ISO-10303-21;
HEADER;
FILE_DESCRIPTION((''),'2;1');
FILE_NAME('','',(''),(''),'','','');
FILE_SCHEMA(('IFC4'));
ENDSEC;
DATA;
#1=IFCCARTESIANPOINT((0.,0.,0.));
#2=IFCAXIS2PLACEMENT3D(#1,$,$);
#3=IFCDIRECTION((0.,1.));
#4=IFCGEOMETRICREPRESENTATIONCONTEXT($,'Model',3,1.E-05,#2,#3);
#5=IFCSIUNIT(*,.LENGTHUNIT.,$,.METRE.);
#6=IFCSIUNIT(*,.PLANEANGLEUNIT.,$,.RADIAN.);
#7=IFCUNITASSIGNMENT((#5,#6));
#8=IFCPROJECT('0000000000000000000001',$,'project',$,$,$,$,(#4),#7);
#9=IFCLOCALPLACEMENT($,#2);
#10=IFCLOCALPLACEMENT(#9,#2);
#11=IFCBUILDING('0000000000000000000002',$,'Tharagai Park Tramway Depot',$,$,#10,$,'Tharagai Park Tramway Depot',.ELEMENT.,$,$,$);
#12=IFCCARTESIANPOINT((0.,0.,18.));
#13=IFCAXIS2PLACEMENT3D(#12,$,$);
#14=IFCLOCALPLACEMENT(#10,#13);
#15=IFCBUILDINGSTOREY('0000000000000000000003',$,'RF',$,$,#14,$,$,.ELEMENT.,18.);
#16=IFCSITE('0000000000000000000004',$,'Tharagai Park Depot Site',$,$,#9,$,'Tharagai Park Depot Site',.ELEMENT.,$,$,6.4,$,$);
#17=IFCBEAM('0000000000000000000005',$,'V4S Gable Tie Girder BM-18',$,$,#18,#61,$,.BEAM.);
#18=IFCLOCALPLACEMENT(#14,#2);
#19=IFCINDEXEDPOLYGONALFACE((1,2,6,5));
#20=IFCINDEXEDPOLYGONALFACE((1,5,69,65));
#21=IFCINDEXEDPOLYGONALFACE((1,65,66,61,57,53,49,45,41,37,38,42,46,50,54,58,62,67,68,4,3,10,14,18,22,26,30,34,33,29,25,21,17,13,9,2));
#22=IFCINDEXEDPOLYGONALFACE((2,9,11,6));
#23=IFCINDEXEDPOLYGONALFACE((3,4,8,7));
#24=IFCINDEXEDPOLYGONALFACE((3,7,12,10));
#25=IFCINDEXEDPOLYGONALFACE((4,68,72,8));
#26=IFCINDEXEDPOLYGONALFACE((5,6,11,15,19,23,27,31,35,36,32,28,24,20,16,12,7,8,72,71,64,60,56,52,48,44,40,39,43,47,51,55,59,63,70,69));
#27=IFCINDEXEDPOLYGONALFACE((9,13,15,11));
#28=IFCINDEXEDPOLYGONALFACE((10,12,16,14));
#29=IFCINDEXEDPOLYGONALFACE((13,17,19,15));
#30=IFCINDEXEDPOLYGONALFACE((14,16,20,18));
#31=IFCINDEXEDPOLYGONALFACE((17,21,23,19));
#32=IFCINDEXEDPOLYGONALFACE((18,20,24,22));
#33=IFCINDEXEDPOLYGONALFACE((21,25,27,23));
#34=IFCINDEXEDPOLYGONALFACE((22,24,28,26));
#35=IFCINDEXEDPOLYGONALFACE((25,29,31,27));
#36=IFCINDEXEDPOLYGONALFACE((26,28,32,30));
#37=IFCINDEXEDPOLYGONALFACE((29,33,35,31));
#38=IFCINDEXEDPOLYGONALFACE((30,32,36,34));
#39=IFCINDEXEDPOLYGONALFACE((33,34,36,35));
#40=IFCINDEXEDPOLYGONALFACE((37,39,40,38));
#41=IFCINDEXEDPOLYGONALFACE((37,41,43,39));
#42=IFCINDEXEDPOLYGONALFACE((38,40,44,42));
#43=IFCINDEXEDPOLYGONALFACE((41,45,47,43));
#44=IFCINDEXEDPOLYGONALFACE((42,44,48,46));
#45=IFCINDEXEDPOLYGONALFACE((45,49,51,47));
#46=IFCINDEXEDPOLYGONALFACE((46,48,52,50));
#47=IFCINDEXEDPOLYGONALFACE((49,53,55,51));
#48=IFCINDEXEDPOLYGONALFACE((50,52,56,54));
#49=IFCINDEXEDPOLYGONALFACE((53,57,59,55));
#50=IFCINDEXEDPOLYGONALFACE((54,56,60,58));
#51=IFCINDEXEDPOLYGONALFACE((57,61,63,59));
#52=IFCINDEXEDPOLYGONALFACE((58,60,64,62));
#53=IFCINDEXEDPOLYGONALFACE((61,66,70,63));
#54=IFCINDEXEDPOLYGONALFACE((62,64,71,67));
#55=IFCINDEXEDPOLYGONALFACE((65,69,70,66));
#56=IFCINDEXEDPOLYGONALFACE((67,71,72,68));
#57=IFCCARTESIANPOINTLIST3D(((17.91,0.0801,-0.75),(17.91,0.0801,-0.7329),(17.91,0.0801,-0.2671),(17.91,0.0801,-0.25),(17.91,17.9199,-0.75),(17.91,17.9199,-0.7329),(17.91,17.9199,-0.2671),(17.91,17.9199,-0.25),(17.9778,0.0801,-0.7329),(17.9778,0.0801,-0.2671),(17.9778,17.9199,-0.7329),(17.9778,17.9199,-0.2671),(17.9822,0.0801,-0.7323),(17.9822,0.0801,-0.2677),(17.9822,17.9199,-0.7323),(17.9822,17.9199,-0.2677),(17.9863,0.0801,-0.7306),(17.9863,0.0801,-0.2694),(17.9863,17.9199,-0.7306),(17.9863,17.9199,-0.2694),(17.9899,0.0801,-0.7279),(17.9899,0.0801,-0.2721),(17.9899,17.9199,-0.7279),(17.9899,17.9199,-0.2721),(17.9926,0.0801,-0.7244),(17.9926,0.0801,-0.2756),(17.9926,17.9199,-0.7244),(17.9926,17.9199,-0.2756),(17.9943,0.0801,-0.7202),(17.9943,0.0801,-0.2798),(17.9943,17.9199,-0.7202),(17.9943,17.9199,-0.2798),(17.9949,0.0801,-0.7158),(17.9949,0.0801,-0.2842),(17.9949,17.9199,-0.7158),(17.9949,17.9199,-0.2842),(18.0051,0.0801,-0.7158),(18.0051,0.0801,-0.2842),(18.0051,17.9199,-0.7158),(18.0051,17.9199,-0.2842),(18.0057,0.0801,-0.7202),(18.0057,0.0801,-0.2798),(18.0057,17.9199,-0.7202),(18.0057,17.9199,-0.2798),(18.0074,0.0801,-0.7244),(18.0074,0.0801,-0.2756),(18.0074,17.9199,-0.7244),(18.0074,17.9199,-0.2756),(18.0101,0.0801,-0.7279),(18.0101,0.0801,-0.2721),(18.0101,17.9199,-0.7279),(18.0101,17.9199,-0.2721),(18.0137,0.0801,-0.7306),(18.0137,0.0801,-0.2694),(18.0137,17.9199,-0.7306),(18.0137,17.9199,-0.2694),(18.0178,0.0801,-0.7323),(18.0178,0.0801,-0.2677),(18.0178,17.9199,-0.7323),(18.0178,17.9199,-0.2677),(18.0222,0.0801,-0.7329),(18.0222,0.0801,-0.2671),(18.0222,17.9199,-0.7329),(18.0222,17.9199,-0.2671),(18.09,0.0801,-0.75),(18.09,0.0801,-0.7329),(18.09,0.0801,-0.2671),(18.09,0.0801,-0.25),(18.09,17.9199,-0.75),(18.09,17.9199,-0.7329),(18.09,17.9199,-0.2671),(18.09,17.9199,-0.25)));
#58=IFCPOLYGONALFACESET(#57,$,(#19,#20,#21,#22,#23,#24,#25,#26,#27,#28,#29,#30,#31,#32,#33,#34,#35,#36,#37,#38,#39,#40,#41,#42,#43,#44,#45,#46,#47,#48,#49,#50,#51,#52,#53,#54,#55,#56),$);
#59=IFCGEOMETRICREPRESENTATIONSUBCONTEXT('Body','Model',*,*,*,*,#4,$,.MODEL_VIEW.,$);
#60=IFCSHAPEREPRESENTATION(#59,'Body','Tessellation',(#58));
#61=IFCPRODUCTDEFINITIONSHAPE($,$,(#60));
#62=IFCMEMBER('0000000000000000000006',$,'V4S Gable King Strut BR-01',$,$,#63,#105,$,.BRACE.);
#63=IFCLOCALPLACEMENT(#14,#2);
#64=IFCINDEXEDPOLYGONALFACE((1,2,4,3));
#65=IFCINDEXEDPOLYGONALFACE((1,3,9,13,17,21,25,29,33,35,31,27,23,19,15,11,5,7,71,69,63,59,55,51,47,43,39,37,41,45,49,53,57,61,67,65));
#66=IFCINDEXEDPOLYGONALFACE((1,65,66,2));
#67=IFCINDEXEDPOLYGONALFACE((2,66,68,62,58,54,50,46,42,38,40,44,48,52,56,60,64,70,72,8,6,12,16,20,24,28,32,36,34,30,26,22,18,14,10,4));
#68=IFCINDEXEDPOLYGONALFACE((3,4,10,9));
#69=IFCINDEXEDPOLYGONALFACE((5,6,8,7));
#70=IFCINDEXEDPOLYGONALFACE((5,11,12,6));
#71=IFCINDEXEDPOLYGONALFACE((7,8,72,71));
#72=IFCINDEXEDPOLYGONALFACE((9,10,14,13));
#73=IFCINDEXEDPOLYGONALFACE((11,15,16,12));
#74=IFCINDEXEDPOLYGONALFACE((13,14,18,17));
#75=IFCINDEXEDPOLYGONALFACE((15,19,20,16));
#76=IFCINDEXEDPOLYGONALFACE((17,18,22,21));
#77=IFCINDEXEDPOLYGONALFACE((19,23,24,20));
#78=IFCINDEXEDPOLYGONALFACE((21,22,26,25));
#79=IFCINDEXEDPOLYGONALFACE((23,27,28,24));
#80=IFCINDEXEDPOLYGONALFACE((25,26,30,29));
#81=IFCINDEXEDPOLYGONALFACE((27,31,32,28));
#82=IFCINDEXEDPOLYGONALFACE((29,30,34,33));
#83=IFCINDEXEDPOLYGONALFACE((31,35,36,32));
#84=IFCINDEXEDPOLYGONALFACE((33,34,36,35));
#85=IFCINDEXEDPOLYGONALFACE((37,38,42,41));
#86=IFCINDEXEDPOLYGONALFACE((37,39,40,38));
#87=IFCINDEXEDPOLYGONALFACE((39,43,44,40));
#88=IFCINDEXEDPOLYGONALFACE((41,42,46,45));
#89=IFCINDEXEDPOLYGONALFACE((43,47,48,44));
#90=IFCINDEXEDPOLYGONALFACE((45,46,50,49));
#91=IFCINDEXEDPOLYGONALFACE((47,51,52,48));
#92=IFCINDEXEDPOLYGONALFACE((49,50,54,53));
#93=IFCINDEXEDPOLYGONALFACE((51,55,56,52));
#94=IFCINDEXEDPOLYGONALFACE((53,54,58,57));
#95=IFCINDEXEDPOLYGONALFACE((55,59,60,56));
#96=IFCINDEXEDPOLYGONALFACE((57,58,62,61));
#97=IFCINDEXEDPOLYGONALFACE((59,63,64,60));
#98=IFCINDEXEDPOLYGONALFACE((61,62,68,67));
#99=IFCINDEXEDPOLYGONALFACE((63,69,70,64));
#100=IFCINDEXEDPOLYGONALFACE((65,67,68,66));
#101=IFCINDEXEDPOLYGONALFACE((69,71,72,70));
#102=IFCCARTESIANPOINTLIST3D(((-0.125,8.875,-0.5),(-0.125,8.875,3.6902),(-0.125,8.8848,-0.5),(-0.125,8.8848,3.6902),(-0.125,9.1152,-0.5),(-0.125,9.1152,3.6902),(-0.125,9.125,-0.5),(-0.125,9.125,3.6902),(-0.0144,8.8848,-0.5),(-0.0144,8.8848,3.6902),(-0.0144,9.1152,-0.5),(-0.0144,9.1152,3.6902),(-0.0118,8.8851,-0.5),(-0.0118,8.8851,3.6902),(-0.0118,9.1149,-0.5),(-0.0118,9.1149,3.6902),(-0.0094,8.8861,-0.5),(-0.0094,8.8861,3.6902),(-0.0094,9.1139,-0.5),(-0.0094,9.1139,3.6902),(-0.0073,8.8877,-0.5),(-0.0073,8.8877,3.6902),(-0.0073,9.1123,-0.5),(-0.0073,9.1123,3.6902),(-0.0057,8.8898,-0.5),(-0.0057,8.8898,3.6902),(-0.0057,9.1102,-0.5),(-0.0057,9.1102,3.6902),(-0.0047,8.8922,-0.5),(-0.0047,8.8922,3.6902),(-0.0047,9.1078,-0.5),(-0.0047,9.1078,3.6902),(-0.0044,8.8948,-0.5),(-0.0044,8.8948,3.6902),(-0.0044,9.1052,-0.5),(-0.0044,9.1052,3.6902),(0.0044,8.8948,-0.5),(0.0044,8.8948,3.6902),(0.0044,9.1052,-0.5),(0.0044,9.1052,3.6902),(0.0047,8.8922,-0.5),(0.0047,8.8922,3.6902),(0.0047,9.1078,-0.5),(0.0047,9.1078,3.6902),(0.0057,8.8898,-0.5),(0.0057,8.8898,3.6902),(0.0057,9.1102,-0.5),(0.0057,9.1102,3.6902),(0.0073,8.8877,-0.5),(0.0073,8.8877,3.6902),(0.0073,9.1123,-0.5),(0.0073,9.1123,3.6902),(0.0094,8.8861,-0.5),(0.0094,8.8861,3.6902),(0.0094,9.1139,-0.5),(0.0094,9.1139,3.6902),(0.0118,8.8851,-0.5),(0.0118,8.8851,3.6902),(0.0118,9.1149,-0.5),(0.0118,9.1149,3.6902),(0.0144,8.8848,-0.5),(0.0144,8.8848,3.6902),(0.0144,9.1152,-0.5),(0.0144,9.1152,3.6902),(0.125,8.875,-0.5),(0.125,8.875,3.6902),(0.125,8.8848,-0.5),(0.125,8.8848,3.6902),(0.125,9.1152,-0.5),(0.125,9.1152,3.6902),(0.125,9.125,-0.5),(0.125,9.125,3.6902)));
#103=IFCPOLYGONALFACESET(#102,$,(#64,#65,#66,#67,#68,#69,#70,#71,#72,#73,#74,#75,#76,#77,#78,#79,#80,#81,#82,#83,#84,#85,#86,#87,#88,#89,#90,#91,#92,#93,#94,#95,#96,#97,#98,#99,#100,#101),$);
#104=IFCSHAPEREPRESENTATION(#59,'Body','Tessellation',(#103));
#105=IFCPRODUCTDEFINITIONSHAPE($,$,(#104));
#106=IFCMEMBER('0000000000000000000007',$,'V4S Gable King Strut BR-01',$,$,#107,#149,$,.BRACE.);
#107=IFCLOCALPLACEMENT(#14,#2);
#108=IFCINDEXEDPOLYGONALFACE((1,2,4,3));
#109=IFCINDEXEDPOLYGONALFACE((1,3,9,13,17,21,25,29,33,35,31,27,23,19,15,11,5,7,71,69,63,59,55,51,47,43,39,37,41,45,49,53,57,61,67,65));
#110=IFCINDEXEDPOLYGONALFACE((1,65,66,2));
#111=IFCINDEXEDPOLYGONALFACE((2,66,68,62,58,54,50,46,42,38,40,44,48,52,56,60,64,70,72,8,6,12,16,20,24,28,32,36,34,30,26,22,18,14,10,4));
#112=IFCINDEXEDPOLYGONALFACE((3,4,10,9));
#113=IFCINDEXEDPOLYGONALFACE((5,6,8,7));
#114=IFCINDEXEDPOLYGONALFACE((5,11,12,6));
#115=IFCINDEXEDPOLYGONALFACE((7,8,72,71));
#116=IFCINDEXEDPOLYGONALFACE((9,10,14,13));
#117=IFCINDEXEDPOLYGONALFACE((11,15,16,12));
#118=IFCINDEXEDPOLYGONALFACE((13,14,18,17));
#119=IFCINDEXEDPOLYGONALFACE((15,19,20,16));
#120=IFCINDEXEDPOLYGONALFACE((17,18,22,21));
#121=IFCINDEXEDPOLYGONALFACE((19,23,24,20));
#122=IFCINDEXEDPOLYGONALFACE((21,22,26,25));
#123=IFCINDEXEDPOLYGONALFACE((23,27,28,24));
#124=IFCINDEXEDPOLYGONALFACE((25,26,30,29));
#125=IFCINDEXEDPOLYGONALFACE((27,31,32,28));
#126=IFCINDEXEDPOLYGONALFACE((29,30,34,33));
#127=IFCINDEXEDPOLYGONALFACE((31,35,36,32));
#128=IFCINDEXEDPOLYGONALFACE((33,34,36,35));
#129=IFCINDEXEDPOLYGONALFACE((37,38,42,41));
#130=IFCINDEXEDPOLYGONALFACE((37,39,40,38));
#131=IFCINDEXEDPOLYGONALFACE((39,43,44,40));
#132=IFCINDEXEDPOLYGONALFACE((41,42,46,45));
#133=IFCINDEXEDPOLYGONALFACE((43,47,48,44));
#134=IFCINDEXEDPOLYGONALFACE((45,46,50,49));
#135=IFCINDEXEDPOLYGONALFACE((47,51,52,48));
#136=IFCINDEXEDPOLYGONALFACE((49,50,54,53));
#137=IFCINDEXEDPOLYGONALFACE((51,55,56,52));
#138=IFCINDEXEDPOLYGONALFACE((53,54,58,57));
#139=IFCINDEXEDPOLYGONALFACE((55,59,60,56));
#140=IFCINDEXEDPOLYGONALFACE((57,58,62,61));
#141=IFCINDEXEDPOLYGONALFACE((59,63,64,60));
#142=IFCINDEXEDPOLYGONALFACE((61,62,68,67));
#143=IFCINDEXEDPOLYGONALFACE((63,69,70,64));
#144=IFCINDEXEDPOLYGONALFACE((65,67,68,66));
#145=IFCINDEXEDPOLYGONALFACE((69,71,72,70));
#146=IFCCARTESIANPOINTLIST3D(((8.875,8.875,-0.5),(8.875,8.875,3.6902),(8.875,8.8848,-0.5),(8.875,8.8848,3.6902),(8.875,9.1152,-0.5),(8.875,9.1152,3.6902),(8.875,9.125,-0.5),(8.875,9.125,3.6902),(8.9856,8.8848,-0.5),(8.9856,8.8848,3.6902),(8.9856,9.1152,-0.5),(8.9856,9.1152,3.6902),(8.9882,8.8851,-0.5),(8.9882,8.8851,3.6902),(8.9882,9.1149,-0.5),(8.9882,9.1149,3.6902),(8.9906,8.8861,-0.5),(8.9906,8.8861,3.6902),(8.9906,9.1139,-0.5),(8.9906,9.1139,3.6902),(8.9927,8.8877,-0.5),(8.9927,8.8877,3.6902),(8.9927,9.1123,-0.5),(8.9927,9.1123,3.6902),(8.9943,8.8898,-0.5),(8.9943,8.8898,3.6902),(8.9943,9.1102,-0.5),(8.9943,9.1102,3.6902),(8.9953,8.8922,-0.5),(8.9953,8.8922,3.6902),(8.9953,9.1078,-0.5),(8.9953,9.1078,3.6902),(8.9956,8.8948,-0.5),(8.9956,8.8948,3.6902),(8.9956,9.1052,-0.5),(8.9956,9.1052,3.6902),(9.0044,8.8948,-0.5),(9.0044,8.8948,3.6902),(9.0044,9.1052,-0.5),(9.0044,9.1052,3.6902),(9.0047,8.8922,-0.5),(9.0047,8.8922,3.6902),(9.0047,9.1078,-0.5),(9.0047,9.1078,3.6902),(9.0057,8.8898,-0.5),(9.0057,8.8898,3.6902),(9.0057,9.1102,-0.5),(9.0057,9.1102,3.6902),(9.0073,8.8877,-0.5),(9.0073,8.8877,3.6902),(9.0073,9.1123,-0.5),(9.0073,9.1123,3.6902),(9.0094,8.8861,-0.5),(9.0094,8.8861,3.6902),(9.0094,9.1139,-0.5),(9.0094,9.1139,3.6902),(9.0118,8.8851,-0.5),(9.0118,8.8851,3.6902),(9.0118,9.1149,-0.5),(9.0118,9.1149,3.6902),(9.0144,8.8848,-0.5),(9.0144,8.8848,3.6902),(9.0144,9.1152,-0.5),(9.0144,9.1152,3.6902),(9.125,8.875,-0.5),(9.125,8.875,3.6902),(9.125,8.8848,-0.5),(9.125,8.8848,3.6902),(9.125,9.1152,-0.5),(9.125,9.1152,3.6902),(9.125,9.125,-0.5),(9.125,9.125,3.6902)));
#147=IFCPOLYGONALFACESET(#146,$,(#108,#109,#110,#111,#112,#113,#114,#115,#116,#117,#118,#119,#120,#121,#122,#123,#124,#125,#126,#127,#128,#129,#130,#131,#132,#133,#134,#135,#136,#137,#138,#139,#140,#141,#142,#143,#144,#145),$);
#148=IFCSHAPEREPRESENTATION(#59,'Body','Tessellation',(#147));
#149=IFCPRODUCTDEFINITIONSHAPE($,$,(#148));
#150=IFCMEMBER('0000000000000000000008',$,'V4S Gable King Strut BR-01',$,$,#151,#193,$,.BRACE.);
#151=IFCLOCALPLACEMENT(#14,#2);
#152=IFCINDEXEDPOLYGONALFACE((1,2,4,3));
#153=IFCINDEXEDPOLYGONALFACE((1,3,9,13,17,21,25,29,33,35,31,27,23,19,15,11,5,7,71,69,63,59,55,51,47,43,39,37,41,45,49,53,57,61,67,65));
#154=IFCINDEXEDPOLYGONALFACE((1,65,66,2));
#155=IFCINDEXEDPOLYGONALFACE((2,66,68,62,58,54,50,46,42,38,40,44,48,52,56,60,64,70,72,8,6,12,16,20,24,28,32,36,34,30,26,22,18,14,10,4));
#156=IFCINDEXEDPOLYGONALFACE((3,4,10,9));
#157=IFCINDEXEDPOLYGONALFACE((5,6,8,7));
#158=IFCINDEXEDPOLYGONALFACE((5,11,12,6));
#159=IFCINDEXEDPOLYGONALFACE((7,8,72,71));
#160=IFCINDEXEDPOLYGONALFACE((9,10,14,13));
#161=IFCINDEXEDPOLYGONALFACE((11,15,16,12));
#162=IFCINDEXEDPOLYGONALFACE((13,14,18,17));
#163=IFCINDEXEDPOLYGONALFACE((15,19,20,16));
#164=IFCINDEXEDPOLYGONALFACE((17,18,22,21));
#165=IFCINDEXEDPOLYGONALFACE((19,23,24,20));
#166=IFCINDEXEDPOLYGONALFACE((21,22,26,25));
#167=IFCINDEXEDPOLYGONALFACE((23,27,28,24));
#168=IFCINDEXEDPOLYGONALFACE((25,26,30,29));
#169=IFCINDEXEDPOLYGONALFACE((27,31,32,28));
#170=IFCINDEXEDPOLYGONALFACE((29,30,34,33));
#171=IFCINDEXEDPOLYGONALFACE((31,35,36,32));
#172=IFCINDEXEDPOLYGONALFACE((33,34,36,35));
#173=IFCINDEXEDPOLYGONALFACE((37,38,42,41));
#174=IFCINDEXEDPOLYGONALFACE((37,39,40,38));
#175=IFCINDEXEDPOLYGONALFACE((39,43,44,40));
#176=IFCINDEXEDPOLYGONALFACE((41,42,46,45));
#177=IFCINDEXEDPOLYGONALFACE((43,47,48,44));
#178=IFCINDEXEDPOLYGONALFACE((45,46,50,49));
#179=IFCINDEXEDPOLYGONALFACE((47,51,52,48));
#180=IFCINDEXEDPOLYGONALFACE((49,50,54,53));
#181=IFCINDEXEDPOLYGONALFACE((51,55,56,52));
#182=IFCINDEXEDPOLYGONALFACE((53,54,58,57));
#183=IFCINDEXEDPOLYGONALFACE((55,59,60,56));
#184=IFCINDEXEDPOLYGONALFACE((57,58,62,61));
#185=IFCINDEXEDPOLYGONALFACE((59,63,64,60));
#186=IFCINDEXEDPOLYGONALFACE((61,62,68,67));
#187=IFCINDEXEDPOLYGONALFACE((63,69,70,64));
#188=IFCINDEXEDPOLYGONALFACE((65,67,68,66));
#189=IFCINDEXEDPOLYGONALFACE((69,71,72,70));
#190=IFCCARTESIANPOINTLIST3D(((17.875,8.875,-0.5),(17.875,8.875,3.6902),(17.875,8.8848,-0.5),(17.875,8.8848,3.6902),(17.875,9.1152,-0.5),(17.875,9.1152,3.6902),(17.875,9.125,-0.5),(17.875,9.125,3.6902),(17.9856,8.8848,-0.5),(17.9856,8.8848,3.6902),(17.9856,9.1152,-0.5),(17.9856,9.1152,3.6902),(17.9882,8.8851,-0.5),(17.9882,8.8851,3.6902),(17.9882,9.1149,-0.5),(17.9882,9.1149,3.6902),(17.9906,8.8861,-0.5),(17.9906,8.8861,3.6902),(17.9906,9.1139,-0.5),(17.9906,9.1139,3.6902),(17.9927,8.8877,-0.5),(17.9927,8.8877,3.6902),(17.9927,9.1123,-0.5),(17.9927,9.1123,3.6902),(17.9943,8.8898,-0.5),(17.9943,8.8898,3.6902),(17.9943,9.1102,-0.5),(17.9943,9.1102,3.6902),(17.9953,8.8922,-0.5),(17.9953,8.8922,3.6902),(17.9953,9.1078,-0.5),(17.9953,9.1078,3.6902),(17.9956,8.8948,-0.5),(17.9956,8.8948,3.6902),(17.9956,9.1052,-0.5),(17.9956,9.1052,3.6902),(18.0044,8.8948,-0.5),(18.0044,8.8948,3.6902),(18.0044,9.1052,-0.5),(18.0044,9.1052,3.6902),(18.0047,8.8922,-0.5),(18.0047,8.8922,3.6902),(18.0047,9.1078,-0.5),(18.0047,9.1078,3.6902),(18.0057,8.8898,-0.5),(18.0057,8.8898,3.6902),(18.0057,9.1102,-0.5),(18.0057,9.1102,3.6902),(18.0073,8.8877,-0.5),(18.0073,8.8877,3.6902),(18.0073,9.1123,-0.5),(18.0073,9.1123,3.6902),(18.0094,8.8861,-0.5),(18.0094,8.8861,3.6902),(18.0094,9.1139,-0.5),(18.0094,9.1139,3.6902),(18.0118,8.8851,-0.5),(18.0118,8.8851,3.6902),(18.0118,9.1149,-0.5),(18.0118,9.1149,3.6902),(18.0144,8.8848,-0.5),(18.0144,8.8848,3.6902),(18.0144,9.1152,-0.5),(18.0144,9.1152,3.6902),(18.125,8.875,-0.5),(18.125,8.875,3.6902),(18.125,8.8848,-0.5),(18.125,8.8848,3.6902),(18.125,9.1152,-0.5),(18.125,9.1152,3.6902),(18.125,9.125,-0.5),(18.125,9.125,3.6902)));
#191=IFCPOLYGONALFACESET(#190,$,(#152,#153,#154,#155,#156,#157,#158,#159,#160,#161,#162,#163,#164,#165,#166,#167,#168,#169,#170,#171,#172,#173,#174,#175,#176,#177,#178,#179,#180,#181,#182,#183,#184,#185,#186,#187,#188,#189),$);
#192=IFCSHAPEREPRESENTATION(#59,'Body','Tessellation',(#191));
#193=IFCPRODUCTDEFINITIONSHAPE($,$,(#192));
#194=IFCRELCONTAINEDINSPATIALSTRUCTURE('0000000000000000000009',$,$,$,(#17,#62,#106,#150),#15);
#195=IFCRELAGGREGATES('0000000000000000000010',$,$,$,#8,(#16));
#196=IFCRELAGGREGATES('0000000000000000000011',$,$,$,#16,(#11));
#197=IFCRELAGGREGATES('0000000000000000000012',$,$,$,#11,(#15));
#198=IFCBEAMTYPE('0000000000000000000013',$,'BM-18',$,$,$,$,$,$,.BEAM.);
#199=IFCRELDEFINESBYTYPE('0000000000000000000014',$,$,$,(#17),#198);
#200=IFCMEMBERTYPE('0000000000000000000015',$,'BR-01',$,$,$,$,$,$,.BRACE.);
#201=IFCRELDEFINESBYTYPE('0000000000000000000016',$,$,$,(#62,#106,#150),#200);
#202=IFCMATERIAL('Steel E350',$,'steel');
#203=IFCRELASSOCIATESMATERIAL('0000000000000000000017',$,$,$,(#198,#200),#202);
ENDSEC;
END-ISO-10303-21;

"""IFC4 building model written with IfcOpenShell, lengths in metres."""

from ifc_helpers import new_model, si_unit, direction, frame, origin, origin_2d, place, context, subcontext, project, spatial, i_section, extrude, material, material_profile, profile_set, type_object, element, save


model = new_model("IFC4")

# Units and contexts
model_context = context("Model", 3, precision=1e-05, world=origin(), true_north=direction((0.0, 1.0)))
body_context = subcontext(model_context, "Body", "Model", "MODEL_VIEW")
ifc_project = project(units=[si_unit("LENGTHUNIT", "METRE"), si_unit("PLANEANGLEUNIT", "RADIAN")], contexts=[model_context])

# Site, building, storey
site_placement = place(None, origin())
site = spatial("IfcSite", under=ifc_project, at=site_placement, Name="Tharagai Park Depot Site", LongName="Tharagai Park Depot Site", CompositionType="ELEMENT", RefElevation=6.4)
building_placement = place(site_placement, origin())
building = spatial("IfcBuilding", under=site, at=building_placement, Name="Tharagai Park Tramway Depot", LongName="Tharagai Park Tramway Depot", CompositionType="ELEMENT")
storey_placement = place(building_placement, frame((0.0, 0.0, 18.0)))
storey = spatial("IfcBuildingStorey", under=building, at=storey_placement, Name="RF", CompositionType="ELEMENT", Elevation=18.0)

# Beam
ifc_material_1 = material(Name="Steel E350", Category="steel")
ifc_material_profile_1 = material_profile(ifc_material_1, i_section(OverallWidth=0.1799, OverallDepth=0.5, WebThickness=0.0103, FlangeThickness=0.0171, FilletRadius=0.0171, at=origin_2d()), Name="ISMB 500")
ifc_profile_set_1 = profile_set([ifc_material_profile_1], Name="Steel E350")
beam_type = type_object("IfcBeamType", Name="BM-18", PredefinedType="BEAM", material=ifc_profile_set_1)
for number, where, z_axis, x_axis, name in (
    (1, (18.0, 0.0801, -0.5), (0.0, 1.0, 0.0), (-1.0, 0.0, 0.0), "V4S Gable Tie Girder BM-18"),
):
    element("IfcBeam", number, at=place(storey_placement, frame(where, z_axis=z_axis, x_axis=x_axis)), inside=storey, type_object=beam_type, Name=name, PredefinedType="BEAM", context=body_context, shape_type="SweptSolid", body=[
        extrude(i_section(OverallWidth=0.1799, OverallDepth=0.5, WebThickness=0.0103, FlangeThickness=0.0171, FilletRadius=0.0171, at=origin_2d()), origin(), (0.0, 0.0, 1.0), 17.8398),
    ])

# Members
ifc_material_profile_2 = material_profile(ifc_material_1, i_section(OverallWidth=0.25, OverallDepth=0.25, WebThickness=0.0088, FlangeThickness=0.0098, FilletRadius=0.01, at=origin_2d()), Name="ISHB 250")
ifc_profile_set_2 = profile_set([ifc_material_profile_2], Name="Steel E350")
member_type_1 = type_object("IfcMemberType", Name="BR-01", PredefinedType="BRACE", material=ifc_profile_set_2)
for number, where, z_axis, x_axis, name in (
    (2, (0.0, 9.0, -0.5), (0.0, 0.0, 1.0), (1.0, 0.0, 0.0), "V4S Gable King Strut BR-01"),
    (3, (9.0, 9.0, -0.5), (0.0, 0.0, 1.0), (1.0, 0.0, 0.0), "V4S Gable King Strut BR-01"),
    (4, (18.0, 9.0, -0.5), (0.0, 0.0, 1.0), (1.0, 0.0, 0.0), "V4S Gable King Strut BR-01"),
):
    element("IfcMember", number, at=place(storey_placement, frame(where, z_axis=z_axis, x_axis=x_axis)), inside=storey, type_object=member_type_1, Name=name, PredefinedType="BRACE", context=body_context, shape_type="SweptSolid", body=[
        extrude(i_section(OverallWidth=0.25, OverallDepth=0.25, WebThickness=0.0088, FlangeThickness=0.0098, FilletRadius=0.01, at=origin_2d()), origin(), (0.0, 0.0, 1.0), 4.1902),
    ])

save(model, "model.ifc")
